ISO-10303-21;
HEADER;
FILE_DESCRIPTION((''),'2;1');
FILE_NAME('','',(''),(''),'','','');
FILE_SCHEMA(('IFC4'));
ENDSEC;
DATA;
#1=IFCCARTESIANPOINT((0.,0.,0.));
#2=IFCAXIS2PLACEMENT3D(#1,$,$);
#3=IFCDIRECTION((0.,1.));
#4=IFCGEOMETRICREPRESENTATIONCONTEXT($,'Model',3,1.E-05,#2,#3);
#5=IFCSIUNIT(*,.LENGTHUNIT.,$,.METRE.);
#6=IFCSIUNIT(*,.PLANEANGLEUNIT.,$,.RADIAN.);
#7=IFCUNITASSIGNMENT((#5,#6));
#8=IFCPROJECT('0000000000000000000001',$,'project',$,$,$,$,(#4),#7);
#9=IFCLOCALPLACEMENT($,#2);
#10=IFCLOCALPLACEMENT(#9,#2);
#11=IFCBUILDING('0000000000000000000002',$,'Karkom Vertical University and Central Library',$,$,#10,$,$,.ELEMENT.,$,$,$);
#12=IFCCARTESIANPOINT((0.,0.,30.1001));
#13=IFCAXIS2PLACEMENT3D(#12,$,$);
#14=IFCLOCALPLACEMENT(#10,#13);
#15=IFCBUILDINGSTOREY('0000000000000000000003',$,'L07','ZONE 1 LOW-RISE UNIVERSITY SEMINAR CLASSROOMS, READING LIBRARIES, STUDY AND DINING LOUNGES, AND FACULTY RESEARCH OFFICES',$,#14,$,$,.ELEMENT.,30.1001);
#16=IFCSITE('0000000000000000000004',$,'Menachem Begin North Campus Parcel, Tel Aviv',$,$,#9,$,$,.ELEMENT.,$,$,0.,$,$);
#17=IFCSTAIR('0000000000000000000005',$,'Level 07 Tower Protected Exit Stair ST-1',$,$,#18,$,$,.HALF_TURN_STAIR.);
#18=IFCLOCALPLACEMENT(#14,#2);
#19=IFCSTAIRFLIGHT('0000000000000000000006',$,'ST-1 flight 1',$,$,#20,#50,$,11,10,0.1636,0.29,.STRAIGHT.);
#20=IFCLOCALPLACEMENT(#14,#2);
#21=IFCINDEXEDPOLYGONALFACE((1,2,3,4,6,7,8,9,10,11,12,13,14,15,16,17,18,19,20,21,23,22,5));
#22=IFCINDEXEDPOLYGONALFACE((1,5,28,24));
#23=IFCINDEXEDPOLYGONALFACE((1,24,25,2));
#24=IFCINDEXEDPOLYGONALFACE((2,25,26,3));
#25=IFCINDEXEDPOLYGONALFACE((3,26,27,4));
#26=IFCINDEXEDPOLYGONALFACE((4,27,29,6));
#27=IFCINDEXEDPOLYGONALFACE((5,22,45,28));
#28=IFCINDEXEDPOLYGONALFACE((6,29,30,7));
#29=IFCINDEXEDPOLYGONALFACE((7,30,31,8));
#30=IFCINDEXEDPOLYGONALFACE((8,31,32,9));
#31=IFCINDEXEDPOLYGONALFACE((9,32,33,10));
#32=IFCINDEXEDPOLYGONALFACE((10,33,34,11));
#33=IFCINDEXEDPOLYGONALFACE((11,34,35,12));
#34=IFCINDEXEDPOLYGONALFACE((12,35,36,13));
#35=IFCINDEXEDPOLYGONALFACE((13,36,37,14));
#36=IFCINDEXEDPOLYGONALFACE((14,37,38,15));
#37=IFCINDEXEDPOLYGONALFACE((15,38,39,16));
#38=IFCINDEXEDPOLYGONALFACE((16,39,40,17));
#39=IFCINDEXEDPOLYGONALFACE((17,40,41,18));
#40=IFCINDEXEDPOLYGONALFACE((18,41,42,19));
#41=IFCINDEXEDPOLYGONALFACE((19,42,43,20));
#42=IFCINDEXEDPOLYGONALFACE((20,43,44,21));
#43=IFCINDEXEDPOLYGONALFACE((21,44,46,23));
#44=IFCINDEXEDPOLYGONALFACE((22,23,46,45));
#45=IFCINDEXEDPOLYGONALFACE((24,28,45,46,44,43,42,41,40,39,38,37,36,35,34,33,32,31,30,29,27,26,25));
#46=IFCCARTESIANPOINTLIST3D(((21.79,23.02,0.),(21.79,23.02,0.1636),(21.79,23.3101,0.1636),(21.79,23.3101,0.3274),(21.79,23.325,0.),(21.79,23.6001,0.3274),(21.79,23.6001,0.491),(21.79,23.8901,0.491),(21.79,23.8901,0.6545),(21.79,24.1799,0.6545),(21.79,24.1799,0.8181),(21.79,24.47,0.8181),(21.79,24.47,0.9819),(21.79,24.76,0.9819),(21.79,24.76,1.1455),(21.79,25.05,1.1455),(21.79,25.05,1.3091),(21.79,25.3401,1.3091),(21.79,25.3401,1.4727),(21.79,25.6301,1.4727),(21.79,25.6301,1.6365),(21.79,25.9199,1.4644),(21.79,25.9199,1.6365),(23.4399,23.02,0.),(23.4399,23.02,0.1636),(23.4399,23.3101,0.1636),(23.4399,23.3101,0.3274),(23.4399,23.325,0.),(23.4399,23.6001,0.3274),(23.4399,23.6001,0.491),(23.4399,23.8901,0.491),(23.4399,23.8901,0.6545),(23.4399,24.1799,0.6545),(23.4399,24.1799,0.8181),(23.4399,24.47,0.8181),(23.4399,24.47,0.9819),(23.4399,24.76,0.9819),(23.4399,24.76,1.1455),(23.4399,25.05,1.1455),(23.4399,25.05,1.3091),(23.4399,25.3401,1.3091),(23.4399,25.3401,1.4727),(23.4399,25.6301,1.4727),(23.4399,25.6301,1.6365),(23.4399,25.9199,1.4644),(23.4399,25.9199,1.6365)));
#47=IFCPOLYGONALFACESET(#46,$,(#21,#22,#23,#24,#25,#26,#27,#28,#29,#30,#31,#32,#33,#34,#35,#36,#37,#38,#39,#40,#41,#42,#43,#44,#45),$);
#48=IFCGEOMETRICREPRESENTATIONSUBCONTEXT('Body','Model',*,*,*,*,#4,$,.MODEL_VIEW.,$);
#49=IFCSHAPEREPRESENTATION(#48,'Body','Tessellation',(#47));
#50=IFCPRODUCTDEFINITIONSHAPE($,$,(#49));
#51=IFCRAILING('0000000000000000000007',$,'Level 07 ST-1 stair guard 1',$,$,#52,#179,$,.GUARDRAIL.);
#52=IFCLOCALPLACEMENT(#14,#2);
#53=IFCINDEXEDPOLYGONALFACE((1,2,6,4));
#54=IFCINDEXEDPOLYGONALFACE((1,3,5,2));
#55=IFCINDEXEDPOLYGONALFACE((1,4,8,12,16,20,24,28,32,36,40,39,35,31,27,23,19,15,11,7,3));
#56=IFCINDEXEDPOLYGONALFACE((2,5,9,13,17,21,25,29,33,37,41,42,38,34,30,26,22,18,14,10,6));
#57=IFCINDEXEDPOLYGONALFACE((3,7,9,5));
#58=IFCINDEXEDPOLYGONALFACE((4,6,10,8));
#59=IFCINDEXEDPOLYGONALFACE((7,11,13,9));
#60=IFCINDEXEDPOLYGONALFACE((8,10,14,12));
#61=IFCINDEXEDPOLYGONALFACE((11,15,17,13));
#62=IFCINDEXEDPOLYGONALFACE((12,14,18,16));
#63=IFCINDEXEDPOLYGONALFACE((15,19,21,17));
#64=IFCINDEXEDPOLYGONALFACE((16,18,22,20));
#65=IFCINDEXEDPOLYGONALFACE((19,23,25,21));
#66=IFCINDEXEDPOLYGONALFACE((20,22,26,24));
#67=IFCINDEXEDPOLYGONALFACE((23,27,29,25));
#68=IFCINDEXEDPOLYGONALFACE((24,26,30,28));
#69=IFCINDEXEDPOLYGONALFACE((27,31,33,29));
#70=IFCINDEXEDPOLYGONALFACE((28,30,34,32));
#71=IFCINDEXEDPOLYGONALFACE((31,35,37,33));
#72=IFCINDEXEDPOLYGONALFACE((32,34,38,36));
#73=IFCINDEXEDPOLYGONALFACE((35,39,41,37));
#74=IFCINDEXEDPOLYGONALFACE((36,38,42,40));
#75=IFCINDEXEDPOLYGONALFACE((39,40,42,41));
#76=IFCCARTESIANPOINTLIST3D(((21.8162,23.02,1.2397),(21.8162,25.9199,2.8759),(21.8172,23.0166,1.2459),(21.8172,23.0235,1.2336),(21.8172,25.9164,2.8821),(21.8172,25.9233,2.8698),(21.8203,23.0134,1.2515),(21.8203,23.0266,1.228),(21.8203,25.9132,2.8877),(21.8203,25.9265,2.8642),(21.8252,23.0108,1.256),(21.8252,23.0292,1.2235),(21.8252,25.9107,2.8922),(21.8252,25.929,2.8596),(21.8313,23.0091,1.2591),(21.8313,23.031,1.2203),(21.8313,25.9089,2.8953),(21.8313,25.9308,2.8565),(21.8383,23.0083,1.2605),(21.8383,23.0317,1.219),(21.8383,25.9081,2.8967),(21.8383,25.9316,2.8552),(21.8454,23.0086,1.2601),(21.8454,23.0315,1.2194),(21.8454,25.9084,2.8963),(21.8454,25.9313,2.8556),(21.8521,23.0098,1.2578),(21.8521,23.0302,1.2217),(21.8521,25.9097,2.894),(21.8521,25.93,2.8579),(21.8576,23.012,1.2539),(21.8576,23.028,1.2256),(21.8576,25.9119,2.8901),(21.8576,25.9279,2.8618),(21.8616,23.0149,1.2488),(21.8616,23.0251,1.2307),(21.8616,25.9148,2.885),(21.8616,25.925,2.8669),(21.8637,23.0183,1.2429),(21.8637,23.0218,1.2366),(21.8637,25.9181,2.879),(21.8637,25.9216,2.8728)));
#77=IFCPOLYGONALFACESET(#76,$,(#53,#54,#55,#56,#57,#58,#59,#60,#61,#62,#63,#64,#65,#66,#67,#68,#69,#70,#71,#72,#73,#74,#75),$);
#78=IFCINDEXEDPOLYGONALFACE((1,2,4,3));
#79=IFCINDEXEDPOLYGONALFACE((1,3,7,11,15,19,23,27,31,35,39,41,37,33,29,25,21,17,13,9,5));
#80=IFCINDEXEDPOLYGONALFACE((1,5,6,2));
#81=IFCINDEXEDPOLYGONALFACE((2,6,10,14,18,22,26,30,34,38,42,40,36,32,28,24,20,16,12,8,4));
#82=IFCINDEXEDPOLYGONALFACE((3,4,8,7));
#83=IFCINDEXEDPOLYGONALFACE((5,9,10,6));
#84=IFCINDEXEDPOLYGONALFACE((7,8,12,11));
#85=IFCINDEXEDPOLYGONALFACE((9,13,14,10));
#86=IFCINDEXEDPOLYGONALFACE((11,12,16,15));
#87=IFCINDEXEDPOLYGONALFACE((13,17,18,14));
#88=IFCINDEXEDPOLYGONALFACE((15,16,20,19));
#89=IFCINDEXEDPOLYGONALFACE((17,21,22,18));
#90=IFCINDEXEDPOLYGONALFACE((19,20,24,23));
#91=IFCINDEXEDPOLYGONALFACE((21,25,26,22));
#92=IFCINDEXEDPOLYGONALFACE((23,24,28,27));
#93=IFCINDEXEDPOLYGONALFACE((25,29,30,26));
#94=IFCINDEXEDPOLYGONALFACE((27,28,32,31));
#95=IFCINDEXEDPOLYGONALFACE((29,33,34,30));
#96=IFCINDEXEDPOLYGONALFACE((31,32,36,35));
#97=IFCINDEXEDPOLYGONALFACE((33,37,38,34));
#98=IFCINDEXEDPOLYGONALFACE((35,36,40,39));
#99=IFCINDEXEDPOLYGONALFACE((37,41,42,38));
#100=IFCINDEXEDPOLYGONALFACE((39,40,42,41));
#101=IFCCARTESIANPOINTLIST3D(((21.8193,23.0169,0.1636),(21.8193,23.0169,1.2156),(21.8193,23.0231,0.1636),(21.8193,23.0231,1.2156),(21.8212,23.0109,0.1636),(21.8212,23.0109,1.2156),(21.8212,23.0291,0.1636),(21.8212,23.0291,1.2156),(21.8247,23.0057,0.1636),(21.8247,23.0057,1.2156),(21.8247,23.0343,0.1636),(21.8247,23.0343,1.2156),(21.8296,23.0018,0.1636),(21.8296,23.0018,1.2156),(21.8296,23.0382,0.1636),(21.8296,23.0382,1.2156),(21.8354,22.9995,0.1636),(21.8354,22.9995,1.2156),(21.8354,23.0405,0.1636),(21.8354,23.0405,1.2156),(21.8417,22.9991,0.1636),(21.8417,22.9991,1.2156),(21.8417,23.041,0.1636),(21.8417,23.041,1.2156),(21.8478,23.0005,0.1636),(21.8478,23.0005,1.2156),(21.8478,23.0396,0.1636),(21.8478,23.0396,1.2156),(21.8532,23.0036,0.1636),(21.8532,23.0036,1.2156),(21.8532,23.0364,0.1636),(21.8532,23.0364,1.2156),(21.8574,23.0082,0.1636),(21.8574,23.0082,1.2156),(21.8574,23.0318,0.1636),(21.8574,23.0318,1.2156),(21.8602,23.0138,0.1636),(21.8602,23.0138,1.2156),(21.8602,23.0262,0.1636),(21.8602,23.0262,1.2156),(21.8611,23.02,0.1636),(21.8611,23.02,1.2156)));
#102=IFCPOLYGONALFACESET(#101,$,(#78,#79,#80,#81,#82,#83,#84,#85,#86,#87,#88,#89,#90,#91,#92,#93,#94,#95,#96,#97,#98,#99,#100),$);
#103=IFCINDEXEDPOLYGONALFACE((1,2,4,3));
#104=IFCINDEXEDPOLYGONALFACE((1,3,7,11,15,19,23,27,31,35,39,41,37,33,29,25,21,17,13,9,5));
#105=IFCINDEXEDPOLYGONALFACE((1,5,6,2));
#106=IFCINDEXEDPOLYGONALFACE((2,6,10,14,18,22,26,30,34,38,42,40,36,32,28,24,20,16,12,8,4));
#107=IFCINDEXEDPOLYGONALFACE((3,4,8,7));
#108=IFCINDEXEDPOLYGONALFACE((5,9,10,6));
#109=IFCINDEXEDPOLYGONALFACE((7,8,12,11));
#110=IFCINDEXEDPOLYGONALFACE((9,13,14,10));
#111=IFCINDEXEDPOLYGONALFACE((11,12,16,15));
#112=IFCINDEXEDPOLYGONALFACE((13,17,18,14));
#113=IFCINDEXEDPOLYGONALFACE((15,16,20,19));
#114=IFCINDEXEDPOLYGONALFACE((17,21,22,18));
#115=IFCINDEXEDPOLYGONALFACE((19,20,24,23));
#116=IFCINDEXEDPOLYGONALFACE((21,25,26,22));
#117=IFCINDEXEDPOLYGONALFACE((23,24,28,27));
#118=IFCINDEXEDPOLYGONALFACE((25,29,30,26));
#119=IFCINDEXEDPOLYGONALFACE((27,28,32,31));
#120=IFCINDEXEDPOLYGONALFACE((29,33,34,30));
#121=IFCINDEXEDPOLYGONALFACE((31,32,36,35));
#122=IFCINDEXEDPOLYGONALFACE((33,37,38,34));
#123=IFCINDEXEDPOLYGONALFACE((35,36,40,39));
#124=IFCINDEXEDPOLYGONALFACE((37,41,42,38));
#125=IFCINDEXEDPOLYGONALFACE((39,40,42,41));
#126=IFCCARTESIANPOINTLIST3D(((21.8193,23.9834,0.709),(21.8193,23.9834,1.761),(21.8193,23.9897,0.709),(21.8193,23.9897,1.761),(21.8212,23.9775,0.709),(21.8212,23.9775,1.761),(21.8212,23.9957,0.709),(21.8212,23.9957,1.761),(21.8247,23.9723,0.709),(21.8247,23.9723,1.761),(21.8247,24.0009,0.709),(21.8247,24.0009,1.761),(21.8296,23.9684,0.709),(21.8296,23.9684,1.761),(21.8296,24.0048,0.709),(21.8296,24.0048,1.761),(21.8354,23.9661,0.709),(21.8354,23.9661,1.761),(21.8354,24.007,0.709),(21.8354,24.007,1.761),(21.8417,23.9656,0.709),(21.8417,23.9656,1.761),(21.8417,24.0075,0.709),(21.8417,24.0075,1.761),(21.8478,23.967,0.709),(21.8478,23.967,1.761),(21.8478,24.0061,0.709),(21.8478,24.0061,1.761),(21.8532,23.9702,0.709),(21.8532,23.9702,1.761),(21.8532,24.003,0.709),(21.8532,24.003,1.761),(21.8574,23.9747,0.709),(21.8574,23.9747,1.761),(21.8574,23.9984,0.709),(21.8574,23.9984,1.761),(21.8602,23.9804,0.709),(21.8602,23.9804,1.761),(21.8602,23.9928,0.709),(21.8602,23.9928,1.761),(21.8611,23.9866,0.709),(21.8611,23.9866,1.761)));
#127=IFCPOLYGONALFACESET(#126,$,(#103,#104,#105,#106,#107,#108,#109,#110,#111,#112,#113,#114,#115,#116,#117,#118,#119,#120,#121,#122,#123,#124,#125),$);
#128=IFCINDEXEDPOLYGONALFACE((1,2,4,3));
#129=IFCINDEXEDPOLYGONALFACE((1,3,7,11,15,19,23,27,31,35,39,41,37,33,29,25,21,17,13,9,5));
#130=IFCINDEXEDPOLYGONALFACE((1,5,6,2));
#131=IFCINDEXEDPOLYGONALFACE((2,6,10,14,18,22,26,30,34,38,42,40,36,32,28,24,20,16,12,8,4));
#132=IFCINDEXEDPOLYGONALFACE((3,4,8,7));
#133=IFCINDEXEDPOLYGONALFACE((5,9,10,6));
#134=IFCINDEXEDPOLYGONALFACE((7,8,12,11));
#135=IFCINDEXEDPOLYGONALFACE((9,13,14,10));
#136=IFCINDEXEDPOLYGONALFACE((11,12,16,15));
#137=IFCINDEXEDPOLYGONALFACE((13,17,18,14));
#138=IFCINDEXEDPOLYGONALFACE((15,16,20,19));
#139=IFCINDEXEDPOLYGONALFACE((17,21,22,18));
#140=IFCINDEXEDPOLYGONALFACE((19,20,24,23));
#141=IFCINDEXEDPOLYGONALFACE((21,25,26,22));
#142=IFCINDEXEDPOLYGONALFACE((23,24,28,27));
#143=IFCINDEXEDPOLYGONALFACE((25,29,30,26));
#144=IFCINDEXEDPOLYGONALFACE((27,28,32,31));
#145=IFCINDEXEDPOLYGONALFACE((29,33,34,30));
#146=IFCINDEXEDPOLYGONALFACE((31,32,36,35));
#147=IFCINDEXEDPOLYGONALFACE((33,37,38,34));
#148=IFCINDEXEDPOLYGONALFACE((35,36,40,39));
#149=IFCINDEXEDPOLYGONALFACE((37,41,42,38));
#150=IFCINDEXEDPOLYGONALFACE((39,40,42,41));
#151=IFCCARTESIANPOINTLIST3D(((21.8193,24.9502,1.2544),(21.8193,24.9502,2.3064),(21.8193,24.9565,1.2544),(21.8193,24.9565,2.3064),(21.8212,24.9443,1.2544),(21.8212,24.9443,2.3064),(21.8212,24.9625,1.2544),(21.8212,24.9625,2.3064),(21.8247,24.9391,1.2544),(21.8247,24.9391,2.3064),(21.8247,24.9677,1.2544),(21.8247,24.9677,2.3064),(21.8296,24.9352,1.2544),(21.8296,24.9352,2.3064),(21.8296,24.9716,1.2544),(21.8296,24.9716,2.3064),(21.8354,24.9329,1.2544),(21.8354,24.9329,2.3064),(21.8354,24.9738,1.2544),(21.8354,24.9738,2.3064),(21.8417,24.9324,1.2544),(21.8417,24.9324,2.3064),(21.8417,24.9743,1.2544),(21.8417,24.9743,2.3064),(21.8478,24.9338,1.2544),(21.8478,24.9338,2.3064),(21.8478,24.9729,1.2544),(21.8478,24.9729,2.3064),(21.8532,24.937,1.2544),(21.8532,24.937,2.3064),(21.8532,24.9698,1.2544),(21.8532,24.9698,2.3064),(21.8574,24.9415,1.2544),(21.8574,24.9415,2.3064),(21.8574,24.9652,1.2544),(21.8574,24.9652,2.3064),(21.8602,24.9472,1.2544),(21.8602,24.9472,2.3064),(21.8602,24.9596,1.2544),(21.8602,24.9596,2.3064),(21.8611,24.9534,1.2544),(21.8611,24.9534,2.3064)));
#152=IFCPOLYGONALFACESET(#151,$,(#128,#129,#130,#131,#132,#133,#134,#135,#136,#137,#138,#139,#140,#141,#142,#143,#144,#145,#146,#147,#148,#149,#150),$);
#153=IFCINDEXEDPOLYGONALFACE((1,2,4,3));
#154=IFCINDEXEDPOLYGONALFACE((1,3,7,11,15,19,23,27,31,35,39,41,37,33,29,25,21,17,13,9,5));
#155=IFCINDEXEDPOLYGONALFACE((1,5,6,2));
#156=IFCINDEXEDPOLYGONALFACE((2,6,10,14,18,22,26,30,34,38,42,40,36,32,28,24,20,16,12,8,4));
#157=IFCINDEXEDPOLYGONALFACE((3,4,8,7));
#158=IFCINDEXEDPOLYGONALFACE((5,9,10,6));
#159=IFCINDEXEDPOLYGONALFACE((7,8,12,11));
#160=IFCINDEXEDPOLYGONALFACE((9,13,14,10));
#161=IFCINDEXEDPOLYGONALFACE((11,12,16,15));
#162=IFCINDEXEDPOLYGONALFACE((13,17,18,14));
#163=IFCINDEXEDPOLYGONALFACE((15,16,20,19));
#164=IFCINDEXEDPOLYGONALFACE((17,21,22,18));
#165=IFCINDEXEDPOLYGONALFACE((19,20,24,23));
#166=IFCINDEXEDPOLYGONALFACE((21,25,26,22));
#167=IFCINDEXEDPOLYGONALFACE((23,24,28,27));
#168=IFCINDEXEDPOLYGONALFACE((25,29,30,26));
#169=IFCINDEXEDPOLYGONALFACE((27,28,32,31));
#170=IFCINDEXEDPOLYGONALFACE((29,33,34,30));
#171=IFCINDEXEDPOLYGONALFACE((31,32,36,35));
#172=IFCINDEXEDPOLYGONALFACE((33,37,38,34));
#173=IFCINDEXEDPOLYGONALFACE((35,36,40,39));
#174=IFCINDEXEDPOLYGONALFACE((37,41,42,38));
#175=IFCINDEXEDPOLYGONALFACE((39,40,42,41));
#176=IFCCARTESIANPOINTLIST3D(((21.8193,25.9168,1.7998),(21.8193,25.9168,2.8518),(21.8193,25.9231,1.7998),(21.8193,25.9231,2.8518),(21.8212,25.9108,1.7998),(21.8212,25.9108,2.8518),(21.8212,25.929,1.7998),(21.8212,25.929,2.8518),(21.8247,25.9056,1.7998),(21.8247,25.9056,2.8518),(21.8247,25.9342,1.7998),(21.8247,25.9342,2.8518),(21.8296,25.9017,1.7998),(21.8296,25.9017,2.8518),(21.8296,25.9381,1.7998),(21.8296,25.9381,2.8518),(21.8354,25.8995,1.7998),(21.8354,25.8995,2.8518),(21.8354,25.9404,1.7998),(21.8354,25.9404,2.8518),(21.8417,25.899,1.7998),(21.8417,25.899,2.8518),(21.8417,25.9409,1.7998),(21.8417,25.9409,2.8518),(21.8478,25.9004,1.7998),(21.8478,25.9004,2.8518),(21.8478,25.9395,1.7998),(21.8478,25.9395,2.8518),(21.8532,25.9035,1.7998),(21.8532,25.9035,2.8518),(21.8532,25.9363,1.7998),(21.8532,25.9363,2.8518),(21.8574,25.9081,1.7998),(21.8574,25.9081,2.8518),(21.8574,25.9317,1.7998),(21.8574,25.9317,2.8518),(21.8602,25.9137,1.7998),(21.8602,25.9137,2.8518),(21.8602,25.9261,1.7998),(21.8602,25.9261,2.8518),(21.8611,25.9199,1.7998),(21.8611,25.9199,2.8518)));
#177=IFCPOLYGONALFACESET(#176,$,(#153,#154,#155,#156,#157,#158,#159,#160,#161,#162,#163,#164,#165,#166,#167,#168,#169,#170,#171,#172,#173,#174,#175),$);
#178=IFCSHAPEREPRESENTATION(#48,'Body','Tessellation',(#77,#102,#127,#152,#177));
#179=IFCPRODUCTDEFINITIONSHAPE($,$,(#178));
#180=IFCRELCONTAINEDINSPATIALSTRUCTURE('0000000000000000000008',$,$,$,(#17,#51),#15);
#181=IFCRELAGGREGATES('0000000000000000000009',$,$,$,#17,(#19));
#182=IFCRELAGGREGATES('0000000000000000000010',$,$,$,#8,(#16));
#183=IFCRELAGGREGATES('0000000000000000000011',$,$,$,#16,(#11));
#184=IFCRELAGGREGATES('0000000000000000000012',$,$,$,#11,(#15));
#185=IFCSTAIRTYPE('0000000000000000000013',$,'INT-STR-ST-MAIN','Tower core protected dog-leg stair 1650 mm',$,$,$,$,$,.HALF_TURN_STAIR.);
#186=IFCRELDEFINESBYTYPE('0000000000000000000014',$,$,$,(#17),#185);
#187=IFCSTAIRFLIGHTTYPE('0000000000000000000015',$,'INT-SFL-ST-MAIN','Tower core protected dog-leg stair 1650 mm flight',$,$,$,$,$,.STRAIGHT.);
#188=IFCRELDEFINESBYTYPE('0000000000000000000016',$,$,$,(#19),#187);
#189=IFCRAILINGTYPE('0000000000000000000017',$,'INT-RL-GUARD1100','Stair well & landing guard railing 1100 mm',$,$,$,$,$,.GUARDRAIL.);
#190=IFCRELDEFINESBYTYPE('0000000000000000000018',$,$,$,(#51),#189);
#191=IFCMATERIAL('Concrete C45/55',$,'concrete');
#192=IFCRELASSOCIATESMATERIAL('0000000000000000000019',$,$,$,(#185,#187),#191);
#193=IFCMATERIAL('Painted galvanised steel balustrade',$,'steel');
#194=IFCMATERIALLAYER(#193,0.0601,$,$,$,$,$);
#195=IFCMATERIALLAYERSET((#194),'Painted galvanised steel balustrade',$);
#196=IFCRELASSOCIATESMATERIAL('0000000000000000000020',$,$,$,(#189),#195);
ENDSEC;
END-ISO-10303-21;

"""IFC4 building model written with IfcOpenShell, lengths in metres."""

from ifc_helpers import new_model, si_unit, direction, frame, origin, origin_2d, place, context, subcontext, project, spatial, polyline, circle, outline, extrude, material, layer, layer_set, type_object, element, aggregate, save


model = new_model("IFC4")

# Units and contexts
model_context = context("Model", 3, precision=1e-05, world=origin(), true_north=direction((0.0, 1.0)))
body_context = subcontext(model_context, "Body", "Model", "MODEL_VIEW")
ifc_project = project(units=[si_unit("LENGTHUNIT", "METRE"), si_unit("PLANEANGLEUNIT", "RADIAN")], contexts=[model_context])

# Site, building, storey
site_placement = place(None, origin())
site = spatial("IfcSite", under=ifc_project, at=site_placement, Name="Menachem Begin North Campus Parcel, Tel Aviv", CompositionType="ELEMENT", RefElevation=0.0)
building_placement = place(site_placement, origin())
building = spatial("IfcBuilding", under=site, at=building_placement, Name="Karkom Vertical University and Central Library", CompositionType="ELEMENT")
storey_placement = place(building_placement, frame((0.0, 0.0, 30.1001)))
storey = spatial("IfcBuildingStorey", under=building, at=storey_placement, Name="L07", Description="ZONE 1 LOW-RISE UNIVERSITY SEMINAR CLASSROOMS, READING LIBRARIES, STUDY AND DINING LOUNGES, AND FACULTY RESEARCH OFFICES", CompositionType="ELEMENT", Elevation=30.1001)

# Shared definitions
ifc_material_1 = material(Name="Concrete C45/55", Category="concrete")

# Stair, stair flight
stair_type = type_object("IfcStairType", Name="INT-STR-ST-MAIN", Description="Tower core protected dog-leg stair 1650 mm", PredefinedType="HALF_TURN_STAIR", material=ifc_material_1)
stair_placement = place(storey_placement, origin())
stair = element("IfcStair", 1, at=stair_placement, inside=storey, type_object=stair_type, Name="Level 07 Tower Protected Exit Stair ST-1", PredefinedType="HALF_TURN_STAIR")
stair_flight_type = type_object("IfcStairFlightType", Name="INT-SFL-ST-MAIN", Description="Tower core protected dog-leg stair 1650 mm flight", PredefinedType="STRAIGHT", material=ifc_material_1)
stair_flight_placement = place(storey_placement, frame((22.615, 23.02, 0.0), z_axis=(0.0, 0.0, 1.0), x_axis=(0.0, 1.0, 0.0)))
stair_flight = element("IfcStairFlight", 2, at=stair_flight_placement, type_object=stair_flight_type, Name="ST-1 flight 1", NumberOfRisers=11, NumberOfTreads=10, PredefinedType="STRAIGHT", RiserHeight=0.1636, TreadLength=0.29, context=body_context, shape_type="SweptSolid", body=[
    extrude(outline(polyline([(0.0, 0.0), (0.0, 0.1636), (0.29, 0.1636), (0.29, 0.3274), (0.5801, 0.3274), (0.5801, 0.491), (0.8701, 0.491), (0.8701, 0.6545), (1.1599, 0.6545), (1.1599, 0.8181), (1.45, 0.8181), (1.45, 0.9819), (1.74, 0.9819), (1.74, 1.1455), (2.03, 1.1455), (2.03, 1.3091), (2.3201, 1.3091), (2.3201, 1.4727), (2.6101, 1.4727), (2.6101, 1.6365), (2.8999, 1.6365), (2.8999, 1.8), (2.8999, 1.4644), (0.3049, 0.0), (0.0, 0.0)])), frame((0.0, 0.825, 0.0), z_axis=(0.0, -1.0, 0.0), x_axis=(1.0, 0.0, 0.0)), (0.0, 0.0, 1.0), 1.6499),
])
aggregate(stair, [stair_flight])

# Railing
ifc_material_2 = material(Name="Painted galvanised steel balustrade", Category="steel")
ifc_layer_1 = layer(ifc_material_2, 0.0601)
ifc_layer_set_1 = layer_set([ifc_layer_1], Name="Painted galvanised steel balustrade")
railing_type_1 = type_object("IfcRailingType", Name="INT-RL-GUARD1100", Description="Stair well & landing guard railing 1100 mm", PredefinedType="GUARDRAIL", material=ifc_layer_set_1)
railing_1_placement = place(storey_placement, frame((21.8401, 23.02, 0.1636)))
element("IfcRailing", 3, at=railing_1_placement, inside=storey, type_object=railing_type_1, Name="Level 07 ST-1 stair guard 1", PredefinedType="GUARDRAIL", context=body_context, shape_type="SweptSolid", body=[
    extrude(circle(Radius=0.0239, at=origin_2d()), frame((0.0, 0.0, 1.0762), z_axis=(0.0, 0.870929, 0.49141), x_axis=(-1.0, 0.0, 0.0)), (0.0, 0.0, 1.0), 3.3296),
    extrude(circle(Radius=0.021, at=origin_2d()), origin(), (0.0, 0.0, 1.0), 1.052),
    extrude(circle(Radius=0.021, at=origin_2d()), frame((0.0, 0.9666, 0.5454)), (0.0, 0.0, 1.0), 1.052),
    extrude(circle(Radius=0.021, at=origin_2d()), frame((0.0, 1.9333, 1.0908)), (0.0, 0.0, 1.0), 1.052),
    extrude(circle(Radius=0.021, at=origin_2d()), frame((0.0, 2.8999, 1.6362)), (0.0, 0.0, 1.0), 1.052),
])

save(model, "model.ifc")
